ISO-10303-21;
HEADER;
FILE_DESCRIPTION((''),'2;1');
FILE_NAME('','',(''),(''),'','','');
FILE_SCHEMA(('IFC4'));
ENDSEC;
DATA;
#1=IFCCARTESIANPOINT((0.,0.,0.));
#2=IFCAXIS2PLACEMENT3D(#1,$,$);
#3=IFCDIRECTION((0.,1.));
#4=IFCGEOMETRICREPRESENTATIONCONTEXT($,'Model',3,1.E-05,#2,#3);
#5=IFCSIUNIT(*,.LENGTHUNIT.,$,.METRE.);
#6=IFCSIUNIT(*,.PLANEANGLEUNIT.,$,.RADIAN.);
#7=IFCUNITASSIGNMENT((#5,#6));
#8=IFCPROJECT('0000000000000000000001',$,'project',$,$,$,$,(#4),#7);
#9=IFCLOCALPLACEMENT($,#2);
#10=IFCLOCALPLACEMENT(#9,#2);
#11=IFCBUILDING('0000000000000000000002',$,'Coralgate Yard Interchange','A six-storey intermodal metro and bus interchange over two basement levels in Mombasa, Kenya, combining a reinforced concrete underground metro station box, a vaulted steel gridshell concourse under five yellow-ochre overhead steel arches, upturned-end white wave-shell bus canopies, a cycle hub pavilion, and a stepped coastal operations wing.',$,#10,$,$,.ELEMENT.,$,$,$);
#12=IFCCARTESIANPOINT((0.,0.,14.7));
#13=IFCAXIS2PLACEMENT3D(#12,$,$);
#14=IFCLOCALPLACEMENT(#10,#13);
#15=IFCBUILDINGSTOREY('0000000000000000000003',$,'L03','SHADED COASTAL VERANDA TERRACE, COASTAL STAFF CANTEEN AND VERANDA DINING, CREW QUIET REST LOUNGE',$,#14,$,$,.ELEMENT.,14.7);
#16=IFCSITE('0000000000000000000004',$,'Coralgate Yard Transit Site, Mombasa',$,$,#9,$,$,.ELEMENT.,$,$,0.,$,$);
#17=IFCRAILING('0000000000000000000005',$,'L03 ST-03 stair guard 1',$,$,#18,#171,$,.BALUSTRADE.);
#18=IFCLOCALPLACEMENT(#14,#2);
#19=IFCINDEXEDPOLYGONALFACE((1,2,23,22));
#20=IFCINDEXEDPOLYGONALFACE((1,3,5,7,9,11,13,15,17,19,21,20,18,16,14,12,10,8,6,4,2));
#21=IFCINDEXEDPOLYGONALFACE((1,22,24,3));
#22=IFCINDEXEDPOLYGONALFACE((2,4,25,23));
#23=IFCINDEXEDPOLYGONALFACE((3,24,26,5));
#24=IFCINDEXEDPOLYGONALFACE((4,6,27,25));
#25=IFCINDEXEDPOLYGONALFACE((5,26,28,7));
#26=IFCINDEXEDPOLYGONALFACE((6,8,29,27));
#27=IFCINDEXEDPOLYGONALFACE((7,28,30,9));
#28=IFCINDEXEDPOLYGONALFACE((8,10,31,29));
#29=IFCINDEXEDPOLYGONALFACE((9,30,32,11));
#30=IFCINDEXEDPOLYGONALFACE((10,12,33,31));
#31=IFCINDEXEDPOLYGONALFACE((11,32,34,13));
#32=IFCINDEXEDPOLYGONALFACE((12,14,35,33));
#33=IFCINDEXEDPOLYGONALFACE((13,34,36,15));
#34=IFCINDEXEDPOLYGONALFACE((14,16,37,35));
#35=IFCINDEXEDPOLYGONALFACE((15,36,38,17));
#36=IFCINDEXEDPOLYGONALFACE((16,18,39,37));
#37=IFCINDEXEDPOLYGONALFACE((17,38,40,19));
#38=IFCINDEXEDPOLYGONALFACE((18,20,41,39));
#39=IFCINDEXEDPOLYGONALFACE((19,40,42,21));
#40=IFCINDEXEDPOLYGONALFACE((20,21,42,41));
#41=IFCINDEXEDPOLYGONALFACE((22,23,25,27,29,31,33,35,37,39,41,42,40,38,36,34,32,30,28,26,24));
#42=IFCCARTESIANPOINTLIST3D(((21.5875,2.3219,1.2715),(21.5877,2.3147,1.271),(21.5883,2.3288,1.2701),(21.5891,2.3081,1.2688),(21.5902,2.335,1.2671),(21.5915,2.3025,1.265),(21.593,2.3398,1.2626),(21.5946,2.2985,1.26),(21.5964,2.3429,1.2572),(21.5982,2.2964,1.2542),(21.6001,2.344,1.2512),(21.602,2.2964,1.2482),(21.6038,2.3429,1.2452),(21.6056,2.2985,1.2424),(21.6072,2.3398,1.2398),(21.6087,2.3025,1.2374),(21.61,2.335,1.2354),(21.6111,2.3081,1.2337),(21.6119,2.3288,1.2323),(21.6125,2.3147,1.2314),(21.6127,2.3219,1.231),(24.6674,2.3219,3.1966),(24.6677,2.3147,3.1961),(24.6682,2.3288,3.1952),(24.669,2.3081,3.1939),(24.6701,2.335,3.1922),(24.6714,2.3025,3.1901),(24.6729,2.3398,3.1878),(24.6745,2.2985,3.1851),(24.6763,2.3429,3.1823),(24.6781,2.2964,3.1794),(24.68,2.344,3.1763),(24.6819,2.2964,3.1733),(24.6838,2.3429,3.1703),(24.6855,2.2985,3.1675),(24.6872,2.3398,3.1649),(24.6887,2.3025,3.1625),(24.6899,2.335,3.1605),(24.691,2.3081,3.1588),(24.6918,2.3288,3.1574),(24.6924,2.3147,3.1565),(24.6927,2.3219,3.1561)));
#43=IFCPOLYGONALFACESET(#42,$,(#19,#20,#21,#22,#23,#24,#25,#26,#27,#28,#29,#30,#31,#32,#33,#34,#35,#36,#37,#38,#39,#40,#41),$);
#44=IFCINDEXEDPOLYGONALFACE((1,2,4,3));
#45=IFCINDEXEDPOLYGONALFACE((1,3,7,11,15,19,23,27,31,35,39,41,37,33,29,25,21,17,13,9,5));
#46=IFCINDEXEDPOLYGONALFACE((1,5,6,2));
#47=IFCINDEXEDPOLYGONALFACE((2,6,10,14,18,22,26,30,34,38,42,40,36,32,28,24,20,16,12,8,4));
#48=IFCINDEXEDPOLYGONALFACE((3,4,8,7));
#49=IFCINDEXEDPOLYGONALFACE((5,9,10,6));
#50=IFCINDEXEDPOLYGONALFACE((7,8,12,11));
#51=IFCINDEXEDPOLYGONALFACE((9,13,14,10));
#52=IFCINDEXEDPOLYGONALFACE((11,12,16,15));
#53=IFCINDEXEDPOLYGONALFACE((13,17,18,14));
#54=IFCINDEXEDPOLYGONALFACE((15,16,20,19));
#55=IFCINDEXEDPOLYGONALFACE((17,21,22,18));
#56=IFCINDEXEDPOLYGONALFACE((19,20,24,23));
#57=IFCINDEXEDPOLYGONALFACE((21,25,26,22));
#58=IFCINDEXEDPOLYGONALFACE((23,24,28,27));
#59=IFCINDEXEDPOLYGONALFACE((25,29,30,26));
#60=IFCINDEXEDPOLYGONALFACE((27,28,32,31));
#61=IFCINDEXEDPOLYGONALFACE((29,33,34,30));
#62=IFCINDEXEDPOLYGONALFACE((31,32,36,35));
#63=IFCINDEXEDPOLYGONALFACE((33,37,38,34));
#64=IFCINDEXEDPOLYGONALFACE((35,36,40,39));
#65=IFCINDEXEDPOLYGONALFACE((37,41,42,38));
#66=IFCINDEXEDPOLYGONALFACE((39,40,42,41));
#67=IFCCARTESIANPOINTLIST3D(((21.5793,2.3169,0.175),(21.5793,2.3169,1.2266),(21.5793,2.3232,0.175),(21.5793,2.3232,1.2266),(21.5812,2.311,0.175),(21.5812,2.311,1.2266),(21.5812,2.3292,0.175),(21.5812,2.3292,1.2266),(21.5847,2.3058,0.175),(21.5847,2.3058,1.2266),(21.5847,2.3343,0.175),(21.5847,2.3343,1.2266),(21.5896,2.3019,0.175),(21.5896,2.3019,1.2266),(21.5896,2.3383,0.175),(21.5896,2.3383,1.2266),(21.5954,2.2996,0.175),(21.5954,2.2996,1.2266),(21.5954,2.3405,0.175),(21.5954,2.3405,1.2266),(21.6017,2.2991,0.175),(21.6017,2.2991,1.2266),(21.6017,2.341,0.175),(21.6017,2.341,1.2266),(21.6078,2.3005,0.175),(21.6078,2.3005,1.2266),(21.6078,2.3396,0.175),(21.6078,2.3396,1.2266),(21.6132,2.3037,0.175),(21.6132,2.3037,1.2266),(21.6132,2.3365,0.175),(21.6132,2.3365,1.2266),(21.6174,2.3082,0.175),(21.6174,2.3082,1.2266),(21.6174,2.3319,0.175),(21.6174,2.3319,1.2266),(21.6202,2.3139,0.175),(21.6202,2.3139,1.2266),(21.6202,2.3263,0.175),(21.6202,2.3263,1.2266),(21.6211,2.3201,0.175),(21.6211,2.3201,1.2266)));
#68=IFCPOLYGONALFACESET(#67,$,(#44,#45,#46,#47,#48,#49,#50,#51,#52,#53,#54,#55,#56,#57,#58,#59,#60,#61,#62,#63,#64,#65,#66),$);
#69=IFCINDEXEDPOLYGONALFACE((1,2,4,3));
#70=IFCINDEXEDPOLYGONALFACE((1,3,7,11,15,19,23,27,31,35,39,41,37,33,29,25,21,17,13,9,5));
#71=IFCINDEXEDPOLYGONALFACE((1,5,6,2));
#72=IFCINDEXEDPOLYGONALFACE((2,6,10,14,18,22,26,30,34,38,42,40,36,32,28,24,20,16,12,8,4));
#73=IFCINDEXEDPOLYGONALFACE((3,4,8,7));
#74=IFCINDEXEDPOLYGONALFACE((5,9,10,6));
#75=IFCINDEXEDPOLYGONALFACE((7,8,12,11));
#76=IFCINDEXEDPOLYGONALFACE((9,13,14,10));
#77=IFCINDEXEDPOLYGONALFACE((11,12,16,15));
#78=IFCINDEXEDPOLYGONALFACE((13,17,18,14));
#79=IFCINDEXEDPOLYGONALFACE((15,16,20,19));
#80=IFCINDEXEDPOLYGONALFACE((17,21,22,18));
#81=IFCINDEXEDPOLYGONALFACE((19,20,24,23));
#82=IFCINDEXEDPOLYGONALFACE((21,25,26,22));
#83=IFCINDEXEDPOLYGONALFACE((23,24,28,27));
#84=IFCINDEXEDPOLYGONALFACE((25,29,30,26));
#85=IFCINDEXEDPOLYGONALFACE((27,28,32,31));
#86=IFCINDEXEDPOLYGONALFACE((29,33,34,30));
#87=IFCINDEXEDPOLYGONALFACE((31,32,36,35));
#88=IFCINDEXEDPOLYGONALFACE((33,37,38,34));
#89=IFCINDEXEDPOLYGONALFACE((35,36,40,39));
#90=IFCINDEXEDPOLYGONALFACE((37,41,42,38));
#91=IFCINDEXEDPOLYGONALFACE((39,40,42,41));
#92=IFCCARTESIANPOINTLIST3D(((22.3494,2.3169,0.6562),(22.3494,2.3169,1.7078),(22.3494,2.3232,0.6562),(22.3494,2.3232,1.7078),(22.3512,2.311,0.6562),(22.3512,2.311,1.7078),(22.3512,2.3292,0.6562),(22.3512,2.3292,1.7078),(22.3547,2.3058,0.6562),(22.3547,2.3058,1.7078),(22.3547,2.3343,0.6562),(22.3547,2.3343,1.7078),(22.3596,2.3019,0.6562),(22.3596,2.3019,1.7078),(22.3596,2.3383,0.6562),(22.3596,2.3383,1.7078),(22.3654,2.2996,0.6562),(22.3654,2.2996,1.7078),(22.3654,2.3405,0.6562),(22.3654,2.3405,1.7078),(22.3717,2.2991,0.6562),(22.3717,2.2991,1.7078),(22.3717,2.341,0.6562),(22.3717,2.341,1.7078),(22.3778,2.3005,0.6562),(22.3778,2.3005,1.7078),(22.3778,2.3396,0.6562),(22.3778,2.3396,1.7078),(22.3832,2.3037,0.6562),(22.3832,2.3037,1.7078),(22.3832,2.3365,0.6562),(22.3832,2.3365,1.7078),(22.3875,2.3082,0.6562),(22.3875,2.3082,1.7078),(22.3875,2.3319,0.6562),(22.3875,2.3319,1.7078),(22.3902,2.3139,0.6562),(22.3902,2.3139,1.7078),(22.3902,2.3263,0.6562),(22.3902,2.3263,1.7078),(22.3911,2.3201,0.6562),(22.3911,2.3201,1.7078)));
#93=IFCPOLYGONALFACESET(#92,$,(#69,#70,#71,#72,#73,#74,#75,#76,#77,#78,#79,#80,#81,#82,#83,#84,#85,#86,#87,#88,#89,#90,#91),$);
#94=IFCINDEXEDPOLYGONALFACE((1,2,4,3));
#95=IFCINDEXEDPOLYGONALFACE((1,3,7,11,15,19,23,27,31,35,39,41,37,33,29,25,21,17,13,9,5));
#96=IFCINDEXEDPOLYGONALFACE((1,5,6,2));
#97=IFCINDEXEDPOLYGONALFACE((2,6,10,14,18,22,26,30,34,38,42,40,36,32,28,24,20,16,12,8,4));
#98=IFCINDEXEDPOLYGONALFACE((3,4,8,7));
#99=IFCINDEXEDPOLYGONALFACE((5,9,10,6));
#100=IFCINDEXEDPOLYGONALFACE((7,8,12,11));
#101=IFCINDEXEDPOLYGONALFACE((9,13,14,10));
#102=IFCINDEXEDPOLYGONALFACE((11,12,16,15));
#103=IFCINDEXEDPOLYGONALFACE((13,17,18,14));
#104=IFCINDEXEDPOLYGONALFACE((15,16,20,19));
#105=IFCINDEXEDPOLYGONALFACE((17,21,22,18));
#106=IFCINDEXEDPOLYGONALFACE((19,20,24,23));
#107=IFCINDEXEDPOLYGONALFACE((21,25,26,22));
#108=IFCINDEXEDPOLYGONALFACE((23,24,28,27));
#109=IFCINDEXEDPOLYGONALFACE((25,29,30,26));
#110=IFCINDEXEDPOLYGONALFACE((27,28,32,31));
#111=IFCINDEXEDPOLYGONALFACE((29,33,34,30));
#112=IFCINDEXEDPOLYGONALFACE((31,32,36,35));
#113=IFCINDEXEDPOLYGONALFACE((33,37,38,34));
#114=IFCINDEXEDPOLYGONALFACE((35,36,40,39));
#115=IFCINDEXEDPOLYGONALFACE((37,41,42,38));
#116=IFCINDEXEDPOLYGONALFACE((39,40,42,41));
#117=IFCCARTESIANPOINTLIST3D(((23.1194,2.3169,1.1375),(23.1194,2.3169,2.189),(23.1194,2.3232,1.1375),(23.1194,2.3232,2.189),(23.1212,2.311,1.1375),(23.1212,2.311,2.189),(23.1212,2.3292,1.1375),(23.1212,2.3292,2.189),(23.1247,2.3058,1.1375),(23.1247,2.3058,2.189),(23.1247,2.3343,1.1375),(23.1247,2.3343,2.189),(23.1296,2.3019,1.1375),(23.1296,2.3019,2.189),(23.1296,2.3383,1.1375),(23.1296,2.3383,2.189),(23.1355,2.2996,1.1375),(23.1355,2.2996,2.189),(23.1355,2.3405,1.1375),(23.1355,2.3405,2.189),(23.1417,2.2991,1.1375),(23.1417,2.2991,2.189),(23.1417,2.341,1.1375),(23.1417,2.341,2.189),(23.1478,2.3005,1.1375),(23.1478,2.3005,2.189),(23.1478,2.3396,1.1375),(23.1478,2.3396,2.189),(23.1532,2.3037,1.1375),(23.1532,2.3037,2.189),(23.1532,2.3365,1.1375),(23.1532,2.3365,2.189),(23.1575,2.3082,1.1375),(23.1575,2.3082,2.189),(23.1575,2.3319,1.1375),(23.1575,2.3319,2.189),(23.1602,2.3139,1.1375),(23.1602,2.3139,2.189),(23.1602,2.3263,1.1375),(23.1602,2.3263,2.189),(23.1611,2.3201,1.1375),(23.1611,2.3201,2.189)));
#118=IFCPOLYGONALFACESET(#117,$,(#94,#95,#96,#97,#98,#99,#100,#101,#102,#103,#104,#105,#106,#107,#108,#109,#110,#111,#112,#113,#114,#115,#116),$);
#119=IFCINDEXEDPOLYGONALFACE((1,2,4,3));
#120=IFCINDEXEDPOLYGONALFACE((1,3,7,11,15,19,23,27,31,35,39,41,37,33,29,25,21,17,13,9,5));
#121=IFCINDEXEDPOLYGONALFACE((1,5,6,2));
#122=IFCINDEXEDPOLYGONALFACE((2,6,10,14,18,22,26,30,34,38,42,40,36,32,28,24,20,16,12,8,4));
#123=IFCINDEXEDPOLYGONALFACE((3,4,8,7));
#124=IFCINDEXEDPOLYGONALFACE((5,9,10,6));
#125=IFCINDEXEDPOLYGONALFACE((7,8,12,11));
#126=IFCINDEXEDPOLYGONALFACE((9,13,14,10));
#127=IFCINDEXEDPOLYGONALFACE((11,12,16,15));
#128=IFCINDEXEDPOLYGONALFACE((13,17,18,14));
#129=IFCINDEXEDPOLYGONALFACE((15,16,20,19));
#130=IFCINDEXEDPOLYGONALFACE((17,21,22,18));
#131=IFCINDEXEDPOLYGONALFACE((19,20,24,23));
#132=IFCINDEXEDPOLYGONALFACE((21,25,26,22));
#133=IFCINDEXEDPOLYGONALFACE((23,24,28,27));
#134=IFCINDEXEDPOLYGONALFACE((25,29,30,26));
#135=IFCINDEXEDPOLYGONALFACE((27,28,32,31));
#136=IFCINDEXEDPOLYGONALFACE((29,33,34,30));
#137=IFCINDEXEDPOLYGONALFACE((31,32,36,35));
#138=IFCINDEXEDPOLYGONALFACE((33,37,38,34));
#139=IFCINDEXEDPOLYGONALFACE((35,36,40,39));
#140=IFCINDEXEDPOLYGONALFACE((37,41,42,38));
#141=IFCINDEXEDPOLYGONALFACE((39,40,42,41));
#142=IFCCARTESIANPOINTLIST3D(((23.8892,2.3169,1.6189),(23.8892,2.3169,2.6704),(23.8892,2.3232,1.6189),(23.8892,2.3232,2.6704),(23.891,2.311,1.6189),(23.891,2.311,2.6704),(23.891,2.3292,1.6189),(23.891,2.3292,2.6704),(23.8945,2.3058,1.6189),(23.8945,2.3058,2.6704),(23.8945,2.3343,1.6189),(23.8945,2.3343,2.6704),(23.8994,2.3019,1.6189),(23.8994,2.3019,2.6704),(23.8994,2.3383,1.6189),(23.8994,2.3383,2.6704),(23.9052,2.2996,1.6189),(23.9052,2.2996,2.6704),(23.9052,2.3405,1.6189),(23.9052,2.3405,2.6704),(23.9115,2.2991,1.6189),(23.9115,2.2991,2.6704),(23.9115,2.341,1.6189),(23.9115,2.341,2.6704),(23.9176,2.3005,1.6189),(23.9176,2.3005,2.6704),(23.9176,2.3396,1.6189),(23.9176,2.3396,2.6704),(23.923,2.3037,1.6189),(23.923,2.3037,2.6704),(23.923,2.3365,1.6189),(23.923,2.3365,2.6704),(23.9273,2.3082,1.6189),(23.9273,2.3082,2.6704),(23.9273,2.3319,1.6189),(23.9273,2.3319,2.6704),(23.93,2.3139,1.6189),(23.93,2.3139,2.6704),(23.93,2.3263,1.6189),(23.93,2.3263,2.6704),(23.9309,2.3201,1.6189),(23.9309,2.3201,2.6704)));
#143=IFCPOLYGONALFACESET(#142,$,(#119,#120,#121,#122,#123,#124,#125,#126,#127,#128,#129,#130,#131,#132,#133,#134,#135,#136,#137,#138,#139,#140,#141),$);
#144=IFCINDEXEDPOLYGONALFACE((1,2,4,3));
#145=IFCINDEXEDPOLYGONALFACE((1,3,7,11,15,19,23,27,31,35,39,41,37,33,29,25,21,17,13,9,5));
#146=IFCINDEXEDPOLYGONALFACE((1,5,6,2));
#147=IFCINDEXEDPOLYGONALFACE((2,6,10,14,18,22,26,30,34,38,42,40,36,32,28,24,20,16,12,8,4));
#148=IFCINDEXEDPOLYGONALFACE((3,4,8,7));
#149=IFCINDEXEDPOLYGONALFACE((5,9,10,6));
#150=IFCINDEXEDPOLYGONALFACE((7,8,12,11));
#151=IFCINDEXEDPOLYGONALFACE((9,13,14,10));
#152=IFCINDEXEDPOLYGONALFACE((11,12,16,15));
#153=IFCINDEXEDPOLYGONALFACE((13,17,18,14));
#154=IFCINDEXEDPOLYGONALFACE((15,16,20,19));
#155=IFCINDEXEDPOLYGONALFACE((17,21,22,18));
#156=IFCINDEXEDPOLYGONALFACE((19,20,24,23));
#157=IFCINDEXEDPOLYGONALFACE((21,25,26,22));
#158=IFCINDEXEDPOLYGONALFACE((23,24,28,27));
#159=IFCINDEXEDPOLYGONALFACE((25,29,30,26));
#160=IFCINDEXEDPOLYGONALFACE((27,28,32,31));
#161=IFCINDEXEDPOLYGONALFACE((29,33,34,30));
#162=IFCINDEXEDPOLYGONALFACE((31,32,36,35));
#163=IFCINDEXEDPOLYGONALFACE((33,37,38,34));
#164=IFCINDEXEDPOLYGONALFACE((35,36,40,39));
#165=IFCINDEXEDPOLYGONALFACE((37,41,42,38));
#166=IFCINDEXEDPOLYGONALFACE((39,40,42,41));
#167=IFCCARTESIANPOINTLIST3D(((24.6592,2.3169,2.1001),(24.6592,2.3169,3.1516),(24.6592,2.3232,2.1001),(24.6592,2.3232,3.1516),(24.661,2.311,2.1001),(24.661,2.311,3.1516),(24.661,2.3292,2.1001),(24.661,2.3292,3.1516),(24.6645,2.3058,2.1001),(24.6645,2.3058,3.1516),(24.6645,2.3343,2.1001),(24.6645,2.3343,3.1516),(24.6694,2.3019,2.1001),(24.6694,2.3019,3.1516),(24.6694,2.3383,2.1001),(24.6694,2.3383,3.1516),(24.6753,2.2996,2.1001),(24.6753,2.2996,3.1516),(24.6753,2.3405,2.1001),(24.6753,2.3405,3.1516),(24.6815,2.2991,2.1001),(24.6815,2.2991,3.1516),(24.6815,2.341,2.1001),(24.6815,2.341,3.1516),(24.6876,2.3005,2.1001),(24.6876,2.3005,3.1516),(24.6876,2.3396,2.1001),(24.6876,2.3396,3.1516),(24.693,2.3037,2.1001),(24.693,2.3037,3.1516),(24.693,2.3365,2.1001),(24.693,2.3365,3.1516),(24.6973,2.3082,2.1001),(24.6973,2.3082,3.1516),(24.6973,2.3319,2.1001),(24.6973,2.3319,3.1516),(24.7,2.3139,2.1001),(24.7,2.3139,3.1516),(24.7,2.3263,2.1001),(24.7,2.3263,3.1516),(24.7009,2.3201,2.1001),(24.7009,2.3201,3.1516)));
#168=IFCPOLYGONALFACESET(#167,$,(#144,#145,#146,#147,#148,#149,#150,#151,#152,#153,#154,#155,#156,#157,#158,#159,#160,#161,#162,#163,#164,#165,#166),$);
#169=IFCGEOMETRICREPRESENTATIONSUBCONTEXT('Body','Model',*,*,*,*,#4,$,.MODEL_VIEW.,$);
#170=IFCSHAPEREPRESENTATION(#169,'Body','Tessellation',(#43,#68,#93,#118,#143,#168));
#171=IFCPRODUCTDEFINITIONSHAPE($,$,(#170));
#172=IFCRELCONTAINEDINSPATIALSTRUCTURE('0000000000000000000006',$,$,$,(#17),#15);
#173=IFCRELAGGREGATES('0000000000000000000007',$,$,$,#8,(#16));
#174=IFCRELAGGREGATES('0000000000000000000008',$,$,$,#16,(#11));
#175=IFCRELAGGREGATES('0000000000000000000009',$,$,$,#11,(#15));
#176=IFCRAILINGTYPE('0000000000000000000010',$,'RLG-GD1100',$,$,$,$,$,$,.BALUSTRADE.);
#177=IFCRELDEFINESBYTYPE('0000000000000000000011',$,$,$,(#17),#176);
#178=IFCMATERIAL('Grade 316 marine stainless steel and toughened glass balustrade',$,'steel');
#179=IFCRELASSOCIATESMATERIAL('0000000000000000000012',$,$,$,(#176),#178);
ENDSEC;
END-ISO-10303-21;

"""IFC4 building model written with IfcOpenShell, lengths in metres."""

from ifc_helpers import new_model, si_unit, direction, frame, origin, origin_2d, place, context, subcontext, project, spatial, circle, extrude, material, type_object, element, save


model = new_model("IFC4")

# Units and contexts
model_context = context("Model", 3, precision=1e-05, world=origin(), true_north=direction((0.0, 1.0)))
body_context = subcontext(model_context, "Body", "Model", "MODEL_VIEW")
ifc_project = project(units=[si_unit("LENGTHUNIT", "METRE"), si_unit("PLANEANGLEUNIT", "RADIAN")], contexts=[model_context])

# Site, building, storey
site_placement = place(None, origin())
site = spatial("IfcSite", under=ifc_project, at=site_placement, Name="Coralgate Yard Transit Site, Mombasa", CompositionType="ELEMENT", RefElevation=0.0)
building_placement = place(site_placement, origin())
building = spatial("IfcBuilding", under=site, at=building_placement, Name="Coralgate Yard Interchange", Description="A six-storey intermodal metro and bus interchange over two basement levels in Mombasa, Kenya, combining a reinforced concrete underground metro station box, a vaulted steel gridshell concourse under five yellow-ochre overhead steel arches, upturned-end white wave-shell bus canopies, a cycle hub pavilion, and a stepped coastal operations wing.", CompositionType="ELEMENT")
storey_placement = place(building_placement, frame((0.0, 0.0, 14.7)))
storey = spatial("IfcBuildingStorey", under=building, at=storey_placement, Name="L03", Description="SHADED COASTAL VERANDA TERRACE, COASTAL STAFF CANTEEN AND VERANDA DINING, CREW QUIET REST LOUNGE", CompositionType="ELEMENT", Elevation=14.7)

# Railing
ifc_material_1 = material(Name="Grade 316 marine stainless steel and toughened glass balustrade", Category="steel")
railing_type_1 = type_object("IfcRailingType", Name="RLG-GD1100", PredefinedType="BALUSTRADE", material=ifc_material_1)
railing_1_placement = place(storey_placement, frame((21.6001, 2.3201, 0.175)))
element("IfcRailing", 1, at=railing_1_placement, inside=storey, type_object=railing_type_1, Name="L03 ST-03 stair guard 1", PredefinedType="BALUSTRADE", context=body_context, shape_type="SweptSolid", body=[
    extrude(circle(Radius=0.0239, at=origin_2d()), frame((0.0, 0.0, 1.0762), z_axis=(0.847979, 0.0, 0.530029), x_axis=(0.0, 1.0, 0.0)), (0.0, 0.0, 1.0), 3.6321),
    extrude(circle(Radius=0.021, at=origin_2d()), origin(), (0.0, 0.0, 1.0), 1.0515),
    extrude(circle(Radius=0.021, at=origin_2d()), frame((0.77, 0.0, 0.4812)), (0.0, 0.0, 1.0), 1.0515),
    extrude(circle(Radius=0.021, at=origin_2d()), frame((1.54, 0.0, 0.9624)), (0.0, 0.0, 1.0), 1.0515),
    extrude(circle(Radius=0.021, at=origin_2d()), frame((2.3098, 0.0, 1.4438)), (0.0, 0.0, 1.0), 1.0515),
    extrude(circle(Radius=0.021, at=origin_2d()), frame((3.0798, 0.0, 1.925)), (0.0, 0.0, 1.0), 1.0515),
])

save(model, "model.ifc")
